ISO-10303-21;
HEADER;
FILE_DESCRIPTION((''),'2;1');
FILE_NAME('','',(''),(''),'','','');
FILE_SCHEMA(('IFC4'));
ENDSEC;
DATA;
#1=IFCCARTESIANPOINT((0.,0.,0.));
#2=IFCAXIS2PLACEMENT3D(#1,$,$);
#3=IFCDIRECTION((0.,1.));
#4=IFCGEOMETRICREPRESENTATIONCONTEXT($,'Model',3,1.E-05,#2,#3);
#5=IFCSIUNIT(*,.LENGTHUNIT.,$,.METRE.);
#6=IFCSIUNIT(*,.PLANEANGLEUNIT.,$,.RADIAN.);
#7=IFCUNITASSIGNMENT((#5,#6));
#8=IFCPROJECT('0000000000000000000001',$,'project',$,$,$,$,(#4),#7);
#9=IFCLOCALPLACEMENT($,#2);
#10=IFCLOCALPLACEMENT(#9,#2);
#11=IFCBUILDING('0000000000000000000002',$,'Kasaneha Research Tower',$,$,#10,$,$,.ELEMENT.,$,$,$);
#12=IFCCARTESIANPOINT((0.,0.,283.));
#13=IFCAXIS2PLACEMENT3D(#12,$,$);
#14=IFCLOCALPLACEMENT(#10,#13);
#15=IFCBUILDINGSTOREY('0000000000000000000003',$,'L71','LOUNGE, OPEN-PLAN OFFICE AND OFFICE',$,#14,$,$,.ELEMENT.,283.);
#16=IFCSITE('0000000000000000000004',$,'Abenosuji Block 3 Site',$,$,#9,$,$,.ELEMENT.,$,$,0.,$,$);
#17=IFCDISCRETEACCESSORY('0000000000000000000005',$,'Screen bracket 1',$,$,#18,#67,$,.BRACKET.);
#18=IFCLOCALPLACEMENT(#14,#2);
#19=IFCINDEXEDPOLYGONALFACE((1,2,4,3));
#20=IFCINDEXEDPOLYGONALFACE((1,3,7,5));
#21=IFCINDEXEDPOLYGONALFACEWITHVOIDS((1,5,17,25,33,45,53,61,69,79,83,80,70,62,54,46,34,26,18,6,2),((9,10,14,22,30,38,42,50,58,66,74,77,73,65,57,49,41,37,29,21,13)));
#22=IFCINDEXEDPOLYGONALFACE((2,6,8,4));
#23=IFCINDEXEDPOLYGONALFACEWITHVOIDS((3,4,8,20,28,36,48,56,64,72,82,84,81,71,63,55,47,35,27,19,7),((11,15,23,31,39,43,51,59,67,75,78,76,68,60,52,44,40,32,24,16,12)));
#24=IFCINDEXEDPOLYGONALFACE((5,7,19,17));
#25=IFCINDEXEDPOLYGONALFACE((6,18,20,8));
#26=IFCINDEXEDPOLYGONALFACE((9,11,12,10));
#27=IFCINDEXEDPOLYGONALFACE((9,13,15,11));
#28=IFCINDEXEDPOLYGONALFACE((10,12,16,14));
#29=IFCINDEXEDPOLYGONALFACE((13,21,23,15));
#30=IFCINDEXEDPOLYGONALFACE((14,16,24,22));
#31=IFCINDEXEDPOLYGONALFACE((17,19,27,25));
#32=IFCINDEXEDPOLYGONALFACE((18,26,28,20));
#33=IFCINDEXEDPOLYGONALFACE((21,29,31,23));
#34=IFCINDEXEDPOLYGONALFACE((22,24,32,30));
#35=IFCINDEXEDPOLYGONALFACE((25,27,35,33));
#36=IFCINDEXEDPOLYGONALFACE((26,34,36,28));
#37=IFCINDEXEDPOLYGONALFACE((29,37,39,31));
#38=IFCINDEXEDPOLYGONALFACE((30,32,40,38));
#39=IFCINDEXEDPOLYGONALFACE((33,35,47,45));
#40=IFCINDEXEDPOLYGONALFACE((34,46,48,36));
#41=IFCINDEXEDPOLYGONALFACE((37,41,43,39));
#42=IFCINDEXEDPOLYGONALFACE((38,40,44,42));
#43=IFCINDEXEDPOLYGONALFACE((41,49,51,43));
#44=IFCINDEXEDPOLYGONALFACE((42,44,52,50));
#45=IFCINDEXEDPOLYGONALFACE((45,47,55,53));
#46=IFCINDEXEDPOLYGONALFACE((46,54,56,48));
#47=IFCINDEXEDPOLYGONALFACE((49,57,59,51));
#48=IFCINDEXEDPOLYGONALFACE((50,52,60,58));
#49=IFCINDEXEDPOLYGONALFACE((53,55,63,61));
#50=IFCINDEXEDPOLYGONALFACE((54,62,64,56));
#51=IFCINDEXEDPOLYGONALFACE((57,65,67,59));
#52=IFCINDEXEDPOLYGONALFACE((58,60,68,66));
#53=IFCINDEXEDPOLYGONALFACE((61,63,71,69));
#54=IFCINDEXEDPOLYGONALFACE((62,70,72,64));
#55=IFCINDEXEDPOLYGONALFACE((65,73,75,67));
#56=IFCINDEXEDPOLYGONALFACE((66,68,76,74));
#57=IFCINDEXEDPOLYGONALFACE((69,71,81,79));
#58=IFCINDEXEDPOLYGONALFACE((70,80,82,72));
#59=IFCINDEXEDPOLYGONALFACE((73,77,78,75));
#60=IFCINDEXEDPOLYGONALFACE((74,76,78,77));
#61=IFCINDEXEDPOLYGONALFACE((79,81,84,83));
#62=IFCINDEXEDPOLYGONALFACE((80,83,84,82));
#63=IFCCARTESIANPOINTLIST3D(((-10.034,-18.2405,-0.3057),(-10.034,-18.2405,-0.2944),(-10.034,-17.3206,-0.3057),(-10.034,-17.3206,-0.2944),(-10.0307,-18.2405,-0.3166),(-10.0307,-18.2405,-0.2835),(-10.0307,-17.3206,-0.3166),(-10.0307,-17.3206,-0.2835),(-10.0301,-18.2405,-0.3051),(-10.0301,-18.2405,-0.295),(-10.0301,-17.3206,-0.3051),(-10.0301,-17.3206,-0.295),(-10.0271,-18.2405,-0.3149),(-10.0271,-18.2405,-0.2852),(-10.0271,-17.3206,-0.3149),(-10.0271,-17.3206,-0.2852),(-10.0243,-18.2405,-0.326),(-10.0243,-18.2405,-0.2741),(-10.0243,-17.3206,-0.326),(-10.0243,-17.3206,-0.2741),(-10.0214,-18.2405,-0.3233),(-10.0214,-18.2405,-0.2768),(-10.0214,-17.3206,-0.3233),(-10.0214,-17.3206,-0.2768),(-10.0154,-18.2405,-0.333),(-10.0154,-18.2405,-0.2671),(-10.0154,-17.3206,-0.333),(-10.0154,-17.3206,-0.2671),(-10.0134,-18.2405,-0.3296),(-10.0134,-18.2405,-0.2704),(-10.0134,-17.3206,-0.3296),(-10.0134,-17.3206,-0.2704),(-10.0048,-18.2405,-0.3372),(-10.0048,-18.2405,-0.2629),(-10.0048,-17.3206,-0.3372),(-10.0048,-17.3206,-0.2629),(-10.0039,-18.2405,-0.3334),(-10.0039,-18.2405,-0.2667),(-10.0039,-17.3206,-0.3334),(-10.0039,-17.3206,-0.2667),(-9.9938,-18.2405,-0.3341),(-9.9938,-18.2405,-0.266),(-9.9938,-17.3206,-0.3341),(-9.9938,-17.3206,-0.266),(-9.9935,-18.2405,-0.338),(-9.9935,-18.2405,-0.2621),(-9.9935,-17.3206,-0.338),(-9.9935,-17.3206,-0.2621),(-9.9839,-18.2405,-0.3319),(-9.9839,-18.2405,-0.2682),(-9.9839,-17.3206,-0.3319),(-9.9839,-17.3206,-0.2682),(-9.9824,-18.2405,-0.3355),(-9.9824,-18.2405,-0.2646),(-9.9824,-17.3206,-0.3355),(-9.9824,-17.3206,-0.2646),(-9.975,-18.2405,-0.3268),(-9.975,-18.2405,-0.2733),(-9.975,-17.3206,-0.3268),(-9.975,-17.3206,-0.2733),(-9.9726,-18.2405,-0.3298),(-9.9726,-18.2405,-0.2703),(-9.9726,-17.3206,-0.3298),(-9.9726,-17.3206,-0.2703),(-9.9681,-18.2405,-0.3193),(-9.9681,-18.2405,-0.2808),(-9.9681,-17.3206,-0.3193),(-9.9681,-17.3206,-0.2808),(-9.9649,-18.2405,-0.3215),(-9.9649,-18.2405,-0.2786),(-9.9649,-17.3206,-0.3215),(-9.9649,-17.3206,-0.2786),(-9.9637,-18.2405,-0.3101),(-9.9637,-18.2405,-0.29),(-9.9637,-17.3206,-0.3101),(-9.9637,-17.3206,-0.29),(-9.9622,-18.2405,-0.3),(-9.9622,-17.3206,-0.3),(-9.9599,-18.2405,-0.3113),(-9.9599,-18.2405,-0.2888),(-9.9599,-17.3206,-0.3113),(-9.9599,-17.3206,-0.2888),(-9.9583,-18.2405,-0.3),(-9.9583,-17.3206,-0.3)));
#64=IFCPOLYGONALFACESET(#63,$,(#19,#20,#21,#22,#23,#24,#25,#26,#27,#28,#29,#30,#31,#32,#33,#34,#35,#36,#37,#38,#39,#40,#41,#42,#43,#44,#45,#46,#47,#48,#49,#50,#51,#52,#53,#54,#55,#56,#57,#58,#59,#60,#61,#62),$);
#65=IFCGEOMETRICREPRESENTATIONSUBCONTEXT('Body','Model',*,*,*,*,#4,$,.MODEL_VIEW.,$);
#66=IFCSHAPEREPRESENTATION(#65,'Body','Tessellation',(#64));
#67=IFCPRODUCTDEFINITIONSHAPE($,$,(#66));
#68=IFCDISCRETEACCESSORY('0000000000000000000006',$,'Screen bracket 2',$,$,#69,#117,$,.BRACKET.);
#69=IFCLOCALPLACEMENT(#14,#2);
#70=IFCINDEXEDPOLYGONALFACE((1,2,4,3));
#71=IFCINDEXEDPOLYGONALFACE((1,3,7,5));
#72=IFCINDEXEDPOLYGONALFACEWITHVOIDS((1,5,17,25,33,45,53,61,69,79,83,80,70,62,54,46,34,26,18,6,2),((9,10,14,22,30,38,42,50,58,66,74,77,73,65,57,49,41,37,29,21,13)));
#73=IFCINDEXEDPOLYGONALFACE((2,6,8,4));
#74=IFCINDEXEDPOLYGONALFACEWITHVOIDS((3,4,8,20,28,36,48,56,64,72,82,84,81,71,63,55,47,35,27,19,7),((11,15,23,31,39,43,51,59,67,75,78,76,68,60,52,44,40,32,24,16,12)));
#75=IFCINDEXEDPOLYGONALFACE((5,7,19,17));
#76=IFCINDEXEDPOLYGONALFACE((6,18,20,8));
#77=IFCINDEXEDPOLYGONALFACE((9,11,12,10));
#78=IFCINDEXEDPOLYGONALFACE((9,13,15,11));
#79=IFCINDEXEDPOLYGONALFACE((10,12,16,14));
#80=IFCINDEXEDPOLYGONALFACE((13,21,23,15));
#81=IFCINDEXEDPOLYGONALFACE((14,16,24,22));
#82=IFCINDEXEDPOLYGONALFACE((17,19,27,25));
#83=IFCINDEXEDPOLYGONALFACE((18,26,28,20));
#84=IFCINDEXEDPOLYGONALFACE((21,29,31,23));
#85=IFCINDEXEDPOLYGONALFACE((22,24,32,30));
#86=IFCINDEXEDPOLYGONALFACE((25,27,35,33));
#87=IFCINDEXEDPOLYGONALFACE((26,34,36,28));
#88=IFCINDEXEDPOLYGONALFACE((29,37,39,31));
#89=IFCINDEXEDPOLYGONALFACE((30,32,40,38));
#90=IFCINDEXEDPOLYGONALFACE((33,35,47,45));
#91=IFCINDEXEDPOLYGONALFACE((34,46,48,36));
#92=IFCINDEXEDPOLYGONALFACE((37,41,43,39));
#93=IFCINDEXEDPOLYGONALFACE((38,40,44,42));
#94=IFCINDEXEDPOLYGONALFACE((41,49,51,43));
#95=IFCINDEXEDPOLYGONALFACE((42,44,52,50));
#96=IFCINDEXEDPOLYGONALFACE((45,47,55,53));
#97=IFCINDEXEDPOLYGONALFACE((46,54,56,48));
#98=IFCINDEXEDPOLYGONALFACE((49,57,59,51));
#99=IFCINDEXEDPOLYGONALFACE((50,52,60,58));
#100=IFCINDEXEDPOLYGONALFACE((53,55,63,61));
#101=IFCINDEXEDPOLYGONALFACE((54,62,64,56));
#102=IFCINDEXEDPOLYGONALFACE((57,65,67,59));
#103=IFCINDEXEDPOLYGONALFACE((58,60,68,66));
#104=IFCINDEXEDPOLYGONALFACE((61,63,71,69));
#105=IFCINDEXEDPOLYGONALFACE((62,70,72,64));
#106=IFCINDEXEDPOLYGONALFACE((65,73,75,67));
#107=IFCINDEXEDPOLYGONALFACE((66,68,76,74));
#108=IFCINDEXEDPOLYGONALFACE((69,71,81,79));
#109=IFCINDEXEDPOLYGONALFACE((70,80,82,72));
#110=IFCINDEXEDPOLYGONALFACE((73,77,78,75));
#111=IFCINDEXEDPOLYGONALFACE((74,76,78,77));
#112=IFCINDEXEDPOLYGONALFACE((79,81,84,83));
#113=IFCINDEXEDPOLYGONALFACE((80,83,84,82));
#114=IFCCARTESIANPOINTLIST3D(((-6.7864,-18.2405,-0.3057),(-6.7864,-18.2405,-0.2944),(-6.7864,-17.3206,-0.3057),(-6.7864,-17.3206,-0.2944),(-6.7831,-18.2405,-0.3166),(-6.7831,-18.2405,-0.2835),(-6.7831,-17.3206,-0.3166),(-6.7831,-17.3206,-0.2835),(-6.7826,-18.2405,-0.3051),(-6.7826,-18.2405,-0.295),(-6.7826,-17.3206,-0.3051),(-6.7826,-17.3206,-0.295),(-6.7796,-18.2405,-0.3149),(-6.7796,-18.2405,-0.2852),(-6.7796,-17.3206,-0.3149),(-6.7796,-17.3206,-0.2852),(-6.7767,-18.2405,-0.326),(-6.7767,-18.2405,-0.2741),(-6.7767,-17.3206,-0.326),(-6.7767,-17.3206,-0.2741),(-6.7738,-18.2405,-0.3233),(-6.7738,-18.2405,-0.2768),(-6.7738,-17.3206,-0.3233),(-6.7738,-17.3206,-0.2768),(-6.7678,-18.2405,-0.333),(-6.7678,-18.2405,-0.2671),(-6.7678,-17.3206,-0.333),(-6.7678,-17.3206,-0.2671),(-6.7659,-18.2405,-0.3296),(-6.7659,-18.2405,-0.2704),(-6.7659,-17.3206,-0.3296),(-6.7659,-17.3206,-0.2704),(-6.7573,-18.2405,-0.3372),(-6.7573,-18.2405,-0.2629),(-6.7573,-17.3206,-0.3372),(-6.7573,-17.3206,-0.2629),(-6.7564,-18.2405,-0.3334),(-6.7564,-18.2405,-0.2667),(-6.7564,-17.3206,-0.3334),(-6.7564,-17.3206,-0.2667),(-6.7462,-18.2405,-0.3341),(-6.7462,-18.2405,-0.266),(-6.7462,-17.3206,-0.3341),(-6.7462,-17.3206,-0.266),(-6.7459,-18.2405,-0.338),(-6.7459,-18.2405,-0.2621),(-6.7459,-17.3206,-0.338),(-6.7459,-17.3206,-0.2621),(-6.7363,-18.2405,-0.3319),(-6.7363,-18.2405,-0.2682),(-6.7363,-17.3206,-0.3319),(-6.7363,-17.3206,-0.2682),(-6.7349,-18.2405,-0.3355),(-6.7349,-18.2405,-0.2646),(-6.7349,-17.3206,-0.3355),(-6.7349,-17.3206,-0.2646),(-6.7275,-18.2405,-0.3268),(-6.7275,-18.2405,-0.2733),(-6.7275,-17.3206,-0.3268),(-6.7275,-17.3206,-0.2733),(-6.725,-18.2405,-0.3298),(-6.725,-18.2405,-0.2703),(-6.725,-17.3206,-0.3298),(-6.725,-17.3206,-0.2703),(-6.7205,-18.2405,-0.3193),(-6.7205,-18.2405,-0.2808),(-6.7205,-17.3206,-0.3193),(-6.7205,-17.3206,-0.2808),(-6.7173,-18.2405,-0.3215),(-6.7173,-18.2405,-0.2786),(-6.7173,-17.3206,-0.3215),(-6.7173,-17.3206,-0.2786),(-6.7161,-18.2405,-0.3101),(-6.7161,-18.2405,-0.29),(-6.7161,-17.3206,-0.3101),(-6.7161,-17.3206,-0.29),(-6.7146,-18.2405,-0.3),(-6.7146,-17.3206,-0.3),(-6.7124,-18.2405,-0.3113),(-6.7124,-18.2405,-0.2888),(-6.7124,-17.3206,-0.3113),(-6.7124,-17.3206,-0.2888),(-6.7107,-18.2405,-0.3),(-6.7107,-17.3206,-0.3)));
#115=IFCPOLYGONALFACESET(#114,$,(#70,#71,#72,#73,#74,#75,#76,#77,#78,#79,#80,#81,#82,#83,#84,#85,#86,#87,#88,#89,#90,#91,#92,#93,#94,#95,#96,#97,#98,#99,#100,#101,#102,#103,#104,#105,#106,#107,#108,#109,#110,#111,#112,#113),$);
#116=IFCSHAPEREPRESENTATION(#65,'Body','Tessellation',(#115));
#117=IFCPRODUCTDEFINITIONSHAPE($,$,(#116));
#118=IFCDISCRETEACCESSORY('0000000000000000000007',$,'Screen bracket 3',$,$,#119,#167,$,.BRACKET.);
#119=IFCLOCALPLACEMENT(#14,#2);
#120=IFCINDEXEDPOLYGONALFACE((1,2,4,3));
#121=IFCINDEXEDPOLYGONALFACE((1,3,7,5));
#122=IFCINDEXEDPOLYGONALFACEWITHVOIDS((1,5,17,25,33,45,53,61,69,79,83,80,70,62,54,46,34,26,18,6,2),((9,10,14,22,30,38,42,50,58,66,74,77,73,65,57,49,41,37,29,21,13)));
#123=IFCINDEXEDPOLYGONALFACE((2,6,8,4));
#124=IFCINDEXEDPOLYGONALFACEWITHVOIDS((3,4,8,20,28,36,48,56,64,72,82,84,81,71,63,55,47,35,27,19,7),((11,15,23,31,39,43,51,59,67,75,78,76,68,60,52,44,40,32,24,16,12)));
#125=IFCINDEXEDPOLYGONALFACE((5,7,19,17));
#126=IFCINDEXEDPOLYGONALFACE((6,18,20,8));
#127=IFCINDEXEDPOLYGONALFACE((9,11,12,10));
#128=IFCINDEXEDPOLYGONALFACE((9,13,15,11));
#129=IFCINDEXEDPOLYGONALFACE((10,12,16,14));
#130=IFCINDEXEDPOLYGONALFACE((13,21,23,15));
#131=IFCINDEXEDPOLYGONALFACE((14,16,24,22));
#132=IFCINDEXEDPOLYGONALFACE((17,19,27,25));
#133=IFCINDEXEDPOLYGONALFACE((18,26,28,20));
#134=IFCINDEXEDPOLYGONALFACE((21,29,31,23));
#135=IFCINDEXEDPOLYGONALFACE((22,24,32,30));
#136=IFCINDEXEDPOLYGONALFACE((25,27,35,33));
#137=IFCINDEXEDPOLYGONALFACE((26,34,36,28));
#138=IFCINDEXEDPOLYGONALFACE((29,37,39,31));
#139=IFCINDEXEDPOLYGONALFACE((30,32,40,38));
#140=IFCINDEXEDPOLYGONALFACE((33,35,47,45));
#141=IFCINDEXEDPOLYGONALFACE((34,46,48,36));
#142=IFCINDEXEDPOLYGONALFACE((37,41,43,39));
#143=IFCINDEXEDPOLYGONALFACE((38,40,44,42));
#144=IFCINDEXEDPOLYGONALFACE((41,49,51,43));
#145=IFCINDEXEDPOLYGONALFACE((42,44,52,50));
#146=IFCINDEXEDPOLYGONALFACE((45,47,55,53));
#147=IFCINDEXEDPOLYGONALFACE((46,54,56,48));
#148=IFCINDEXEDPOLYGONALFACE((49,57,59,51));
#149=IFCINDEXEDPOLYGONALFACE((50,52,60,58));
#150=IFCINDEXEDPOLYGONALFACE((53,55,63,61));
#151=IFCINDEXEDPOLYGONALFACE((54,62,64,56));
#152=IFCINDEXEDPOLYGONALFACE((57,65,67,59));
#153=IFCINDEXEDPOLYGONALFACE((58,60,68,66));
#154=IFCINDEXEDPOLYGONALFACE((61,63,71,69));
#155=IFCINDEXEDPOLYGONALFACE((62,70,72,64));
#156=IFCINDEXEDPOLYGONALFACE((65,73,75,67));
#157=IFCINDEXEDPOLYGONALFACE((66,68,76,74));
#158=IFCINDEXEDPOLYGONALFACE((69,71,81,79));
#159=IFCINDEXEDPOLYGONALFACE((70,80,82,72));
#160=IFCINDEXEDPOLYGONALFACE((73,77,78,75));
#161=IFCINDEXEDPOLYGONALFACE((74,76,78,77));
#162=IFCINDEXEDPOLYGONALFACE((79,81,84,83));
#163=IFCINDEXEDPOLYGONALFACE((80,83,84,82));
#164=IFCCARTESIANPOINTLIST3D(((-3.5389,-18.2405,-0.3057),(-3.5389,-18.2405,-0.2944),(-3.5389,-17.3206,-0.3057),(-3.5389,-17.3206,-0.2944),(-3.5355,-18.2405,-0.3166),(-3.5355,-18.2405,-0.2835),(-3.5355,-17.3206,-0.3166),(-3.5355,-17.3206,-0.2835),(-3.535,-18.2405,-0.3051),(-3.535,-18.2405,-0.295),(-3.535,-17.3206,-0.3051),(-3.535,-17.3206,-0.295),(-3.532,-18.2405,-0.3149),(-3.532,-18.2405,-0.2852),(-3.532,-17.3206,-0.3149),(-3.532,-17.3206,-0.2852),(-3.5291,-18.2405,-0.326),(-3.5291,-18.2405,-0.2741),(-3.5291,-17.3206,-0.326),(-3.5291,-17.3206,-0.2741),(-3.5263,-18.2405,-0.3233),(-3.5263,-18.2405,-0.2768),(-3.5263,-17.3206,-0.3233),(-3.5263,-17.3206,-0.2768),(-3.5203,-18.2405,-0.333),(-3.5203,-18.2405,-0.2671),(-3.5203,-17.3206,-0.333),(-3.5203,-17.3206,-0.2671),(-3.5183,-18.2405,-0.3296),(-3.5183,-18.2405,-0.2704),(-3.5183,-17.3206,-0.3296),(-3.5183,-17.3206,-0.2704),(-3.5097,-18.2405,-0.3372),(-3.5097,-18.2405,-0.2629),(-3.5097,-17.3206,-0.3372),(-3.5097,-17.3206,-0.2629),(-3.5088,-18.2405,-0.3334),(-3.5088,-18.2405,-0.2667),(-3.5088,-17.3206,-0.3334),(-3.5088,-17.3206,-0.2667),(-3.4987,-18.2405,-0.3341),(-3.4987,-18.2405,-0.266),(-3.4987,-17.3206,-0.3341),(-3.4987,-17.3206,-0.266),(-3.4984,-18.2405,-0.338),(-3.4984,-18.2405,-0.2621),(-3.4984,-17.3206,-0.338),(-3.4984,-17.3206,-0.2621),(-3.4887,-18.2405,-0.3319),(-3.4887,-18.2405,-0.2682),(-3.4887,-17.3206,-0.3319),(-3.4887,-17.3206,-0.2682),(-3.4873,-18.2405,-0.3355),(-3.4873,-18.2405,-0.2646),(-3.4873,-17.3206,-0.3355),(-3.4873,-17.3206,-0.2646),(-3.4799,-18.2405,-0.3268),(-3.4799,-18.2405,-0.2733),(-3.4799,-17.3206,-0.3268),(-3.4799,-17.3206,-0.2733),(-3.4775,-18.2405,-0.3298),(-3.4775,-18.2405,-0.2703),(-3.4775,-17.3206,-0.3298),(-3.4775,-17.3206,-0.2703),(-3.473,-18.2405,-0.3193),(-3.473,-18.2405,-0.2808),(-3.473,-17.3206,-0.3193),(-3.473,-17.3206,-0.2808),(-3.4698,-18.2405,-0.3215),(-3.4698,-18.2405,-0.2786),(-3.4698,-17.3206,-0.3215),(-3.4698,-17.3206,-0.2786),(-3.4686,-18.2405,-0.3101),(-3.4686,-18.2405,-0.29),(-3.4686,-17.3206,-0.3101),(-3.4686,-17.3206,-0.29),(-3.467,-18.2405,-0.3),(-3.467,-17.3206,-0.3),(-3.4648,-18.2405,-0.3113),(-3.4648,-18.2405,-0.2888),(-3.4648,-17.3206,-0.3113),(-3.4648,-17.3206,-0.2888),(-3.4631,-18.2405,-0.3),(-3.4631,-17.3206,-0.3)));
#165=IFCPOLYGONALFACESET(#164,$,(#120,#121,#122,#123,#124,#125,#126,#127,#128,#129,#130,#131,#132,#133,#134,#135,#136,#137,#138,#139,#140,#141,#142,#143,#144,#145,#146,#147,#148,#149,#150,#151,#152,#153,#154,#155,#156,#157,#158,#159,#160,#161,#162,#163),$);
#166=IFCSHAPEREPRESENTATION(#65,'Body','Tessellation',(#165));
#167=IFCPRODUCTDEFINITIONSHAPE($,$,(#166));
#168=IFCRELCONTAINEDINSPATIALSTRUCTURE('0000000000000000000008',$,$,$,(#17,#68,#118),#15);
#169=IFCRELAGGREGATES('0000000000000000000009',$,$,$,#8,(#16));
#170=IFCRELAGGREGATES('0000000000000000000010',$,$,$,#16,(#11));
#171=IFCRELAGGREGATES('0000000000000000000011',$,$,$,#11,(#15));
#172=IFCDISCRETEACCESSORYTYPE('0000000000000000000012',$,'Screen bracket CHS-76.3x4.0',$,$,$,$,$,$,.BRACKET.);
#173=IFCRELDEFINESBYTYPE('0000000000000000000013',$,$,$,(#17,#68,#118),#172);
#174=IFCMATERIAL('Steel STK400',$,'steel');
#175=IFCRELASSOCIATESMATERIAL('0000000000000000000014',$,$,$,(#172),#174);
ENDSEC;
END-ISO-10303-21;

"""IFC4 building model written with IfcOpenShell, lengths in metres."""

from ifc_helpers import new_model, si_unit, direction, frame, origin, origin_2d, place, context, subcontext, project, spatial, hollow_circle, extrude, material, material_profile, profile_set, type_object, element, save


model = new_model("IFC4")

# Units and contexts
model_context = context("Model", 3, precision=1e-05, world=origin(), true_north=direction((0.0, 1.0)))
body_context = subcontext(model_context, "Body", "Model", "MODEL_VIEW")
ifc_project = project(units=[si_unit("LENGTHUNIT", "METRE"), si_unit("PLANEANGLEUNIT", "RADIAN")], contexts=[model_context])

# Site, building, storey
site_placement = place(None, origin())
site = spatial("IfcSite", under=ifc_project, at=site_placement, Name="Abenosuji Block 3 Site", CompositionType="ELEMENT", RefElevation=0.0)
building_placement = place(site_placement, origin())
building = spatial("IfcBuilding", under=site, at=building_placement, Name="Kasaneha Research Tower", CompositionType="ELEMENT")
storey_placement = place(building_placement, frame((0.0, 0.0, 283.0)))
storey = spatial("IfcBuildingStorey", under=building, at=storey_placement, Name="L71", Description="LOUNGE, OPEN-PLAN OFFICE AND OFFICE", CompositionType="ELEMENT", Elevation=283.0)

# Discrete accessories
ifc_material_1 = material(Name="Steel STK400", Category="steel")
ifc_material_profile_1 = material_profile(ifc_material_1, hollow_circle(Radius=0.0381, WallThickness=0.0039, at=origin_2d()), Name="CHS-76.3x4.0")
ifc_profile_set_1 = profile_set([ifc_material_profile_1], Name="Steel STK400")
discrete_accessory_type = type_object("IfcDiscreteAccessoryType", Name="Screen bracket CHS-76.3x4.0", PredefinedType="BRACKET", material=ifc_profile_set_1)
for number, where, z_axis, x_axis, name in (
    (1, (-9.9963, -17.3206, -0.3), (0.0, -1.0, 0.0), (1.0, 0.0, 0.0), "Screen bracket 1"),
    (2, (-6.7488, -17.3206, -0.3), (0.0, -1.0, 0.0), (1.0, 0.0, 0.0), "Screen bracket 2"),
    (3, (-3.5012, -17.3206, -0.3), (0.0, -1.0, 0.0), (1.0, 0.0, 0.0), "Screen bracket 3"),
):
    element("IfcDiscreteAccessory", number, at=place(storey_placement, frame(where, z_axis=z_axis, x_axis=x_axis)), inside=storey, type_object=discrete_accessory_type, Name=name, PredefinedType="BRACKET", context=body_context, shape_type="SweptSolid", body=[
        extrude(hollow_circle(Radius=0.0381, WallThickness=0.0039, at=origin_2d()), origin(), (0.0, 0.0, 1.0), 0.9199),
    ])

save(model, "model.ifc")
